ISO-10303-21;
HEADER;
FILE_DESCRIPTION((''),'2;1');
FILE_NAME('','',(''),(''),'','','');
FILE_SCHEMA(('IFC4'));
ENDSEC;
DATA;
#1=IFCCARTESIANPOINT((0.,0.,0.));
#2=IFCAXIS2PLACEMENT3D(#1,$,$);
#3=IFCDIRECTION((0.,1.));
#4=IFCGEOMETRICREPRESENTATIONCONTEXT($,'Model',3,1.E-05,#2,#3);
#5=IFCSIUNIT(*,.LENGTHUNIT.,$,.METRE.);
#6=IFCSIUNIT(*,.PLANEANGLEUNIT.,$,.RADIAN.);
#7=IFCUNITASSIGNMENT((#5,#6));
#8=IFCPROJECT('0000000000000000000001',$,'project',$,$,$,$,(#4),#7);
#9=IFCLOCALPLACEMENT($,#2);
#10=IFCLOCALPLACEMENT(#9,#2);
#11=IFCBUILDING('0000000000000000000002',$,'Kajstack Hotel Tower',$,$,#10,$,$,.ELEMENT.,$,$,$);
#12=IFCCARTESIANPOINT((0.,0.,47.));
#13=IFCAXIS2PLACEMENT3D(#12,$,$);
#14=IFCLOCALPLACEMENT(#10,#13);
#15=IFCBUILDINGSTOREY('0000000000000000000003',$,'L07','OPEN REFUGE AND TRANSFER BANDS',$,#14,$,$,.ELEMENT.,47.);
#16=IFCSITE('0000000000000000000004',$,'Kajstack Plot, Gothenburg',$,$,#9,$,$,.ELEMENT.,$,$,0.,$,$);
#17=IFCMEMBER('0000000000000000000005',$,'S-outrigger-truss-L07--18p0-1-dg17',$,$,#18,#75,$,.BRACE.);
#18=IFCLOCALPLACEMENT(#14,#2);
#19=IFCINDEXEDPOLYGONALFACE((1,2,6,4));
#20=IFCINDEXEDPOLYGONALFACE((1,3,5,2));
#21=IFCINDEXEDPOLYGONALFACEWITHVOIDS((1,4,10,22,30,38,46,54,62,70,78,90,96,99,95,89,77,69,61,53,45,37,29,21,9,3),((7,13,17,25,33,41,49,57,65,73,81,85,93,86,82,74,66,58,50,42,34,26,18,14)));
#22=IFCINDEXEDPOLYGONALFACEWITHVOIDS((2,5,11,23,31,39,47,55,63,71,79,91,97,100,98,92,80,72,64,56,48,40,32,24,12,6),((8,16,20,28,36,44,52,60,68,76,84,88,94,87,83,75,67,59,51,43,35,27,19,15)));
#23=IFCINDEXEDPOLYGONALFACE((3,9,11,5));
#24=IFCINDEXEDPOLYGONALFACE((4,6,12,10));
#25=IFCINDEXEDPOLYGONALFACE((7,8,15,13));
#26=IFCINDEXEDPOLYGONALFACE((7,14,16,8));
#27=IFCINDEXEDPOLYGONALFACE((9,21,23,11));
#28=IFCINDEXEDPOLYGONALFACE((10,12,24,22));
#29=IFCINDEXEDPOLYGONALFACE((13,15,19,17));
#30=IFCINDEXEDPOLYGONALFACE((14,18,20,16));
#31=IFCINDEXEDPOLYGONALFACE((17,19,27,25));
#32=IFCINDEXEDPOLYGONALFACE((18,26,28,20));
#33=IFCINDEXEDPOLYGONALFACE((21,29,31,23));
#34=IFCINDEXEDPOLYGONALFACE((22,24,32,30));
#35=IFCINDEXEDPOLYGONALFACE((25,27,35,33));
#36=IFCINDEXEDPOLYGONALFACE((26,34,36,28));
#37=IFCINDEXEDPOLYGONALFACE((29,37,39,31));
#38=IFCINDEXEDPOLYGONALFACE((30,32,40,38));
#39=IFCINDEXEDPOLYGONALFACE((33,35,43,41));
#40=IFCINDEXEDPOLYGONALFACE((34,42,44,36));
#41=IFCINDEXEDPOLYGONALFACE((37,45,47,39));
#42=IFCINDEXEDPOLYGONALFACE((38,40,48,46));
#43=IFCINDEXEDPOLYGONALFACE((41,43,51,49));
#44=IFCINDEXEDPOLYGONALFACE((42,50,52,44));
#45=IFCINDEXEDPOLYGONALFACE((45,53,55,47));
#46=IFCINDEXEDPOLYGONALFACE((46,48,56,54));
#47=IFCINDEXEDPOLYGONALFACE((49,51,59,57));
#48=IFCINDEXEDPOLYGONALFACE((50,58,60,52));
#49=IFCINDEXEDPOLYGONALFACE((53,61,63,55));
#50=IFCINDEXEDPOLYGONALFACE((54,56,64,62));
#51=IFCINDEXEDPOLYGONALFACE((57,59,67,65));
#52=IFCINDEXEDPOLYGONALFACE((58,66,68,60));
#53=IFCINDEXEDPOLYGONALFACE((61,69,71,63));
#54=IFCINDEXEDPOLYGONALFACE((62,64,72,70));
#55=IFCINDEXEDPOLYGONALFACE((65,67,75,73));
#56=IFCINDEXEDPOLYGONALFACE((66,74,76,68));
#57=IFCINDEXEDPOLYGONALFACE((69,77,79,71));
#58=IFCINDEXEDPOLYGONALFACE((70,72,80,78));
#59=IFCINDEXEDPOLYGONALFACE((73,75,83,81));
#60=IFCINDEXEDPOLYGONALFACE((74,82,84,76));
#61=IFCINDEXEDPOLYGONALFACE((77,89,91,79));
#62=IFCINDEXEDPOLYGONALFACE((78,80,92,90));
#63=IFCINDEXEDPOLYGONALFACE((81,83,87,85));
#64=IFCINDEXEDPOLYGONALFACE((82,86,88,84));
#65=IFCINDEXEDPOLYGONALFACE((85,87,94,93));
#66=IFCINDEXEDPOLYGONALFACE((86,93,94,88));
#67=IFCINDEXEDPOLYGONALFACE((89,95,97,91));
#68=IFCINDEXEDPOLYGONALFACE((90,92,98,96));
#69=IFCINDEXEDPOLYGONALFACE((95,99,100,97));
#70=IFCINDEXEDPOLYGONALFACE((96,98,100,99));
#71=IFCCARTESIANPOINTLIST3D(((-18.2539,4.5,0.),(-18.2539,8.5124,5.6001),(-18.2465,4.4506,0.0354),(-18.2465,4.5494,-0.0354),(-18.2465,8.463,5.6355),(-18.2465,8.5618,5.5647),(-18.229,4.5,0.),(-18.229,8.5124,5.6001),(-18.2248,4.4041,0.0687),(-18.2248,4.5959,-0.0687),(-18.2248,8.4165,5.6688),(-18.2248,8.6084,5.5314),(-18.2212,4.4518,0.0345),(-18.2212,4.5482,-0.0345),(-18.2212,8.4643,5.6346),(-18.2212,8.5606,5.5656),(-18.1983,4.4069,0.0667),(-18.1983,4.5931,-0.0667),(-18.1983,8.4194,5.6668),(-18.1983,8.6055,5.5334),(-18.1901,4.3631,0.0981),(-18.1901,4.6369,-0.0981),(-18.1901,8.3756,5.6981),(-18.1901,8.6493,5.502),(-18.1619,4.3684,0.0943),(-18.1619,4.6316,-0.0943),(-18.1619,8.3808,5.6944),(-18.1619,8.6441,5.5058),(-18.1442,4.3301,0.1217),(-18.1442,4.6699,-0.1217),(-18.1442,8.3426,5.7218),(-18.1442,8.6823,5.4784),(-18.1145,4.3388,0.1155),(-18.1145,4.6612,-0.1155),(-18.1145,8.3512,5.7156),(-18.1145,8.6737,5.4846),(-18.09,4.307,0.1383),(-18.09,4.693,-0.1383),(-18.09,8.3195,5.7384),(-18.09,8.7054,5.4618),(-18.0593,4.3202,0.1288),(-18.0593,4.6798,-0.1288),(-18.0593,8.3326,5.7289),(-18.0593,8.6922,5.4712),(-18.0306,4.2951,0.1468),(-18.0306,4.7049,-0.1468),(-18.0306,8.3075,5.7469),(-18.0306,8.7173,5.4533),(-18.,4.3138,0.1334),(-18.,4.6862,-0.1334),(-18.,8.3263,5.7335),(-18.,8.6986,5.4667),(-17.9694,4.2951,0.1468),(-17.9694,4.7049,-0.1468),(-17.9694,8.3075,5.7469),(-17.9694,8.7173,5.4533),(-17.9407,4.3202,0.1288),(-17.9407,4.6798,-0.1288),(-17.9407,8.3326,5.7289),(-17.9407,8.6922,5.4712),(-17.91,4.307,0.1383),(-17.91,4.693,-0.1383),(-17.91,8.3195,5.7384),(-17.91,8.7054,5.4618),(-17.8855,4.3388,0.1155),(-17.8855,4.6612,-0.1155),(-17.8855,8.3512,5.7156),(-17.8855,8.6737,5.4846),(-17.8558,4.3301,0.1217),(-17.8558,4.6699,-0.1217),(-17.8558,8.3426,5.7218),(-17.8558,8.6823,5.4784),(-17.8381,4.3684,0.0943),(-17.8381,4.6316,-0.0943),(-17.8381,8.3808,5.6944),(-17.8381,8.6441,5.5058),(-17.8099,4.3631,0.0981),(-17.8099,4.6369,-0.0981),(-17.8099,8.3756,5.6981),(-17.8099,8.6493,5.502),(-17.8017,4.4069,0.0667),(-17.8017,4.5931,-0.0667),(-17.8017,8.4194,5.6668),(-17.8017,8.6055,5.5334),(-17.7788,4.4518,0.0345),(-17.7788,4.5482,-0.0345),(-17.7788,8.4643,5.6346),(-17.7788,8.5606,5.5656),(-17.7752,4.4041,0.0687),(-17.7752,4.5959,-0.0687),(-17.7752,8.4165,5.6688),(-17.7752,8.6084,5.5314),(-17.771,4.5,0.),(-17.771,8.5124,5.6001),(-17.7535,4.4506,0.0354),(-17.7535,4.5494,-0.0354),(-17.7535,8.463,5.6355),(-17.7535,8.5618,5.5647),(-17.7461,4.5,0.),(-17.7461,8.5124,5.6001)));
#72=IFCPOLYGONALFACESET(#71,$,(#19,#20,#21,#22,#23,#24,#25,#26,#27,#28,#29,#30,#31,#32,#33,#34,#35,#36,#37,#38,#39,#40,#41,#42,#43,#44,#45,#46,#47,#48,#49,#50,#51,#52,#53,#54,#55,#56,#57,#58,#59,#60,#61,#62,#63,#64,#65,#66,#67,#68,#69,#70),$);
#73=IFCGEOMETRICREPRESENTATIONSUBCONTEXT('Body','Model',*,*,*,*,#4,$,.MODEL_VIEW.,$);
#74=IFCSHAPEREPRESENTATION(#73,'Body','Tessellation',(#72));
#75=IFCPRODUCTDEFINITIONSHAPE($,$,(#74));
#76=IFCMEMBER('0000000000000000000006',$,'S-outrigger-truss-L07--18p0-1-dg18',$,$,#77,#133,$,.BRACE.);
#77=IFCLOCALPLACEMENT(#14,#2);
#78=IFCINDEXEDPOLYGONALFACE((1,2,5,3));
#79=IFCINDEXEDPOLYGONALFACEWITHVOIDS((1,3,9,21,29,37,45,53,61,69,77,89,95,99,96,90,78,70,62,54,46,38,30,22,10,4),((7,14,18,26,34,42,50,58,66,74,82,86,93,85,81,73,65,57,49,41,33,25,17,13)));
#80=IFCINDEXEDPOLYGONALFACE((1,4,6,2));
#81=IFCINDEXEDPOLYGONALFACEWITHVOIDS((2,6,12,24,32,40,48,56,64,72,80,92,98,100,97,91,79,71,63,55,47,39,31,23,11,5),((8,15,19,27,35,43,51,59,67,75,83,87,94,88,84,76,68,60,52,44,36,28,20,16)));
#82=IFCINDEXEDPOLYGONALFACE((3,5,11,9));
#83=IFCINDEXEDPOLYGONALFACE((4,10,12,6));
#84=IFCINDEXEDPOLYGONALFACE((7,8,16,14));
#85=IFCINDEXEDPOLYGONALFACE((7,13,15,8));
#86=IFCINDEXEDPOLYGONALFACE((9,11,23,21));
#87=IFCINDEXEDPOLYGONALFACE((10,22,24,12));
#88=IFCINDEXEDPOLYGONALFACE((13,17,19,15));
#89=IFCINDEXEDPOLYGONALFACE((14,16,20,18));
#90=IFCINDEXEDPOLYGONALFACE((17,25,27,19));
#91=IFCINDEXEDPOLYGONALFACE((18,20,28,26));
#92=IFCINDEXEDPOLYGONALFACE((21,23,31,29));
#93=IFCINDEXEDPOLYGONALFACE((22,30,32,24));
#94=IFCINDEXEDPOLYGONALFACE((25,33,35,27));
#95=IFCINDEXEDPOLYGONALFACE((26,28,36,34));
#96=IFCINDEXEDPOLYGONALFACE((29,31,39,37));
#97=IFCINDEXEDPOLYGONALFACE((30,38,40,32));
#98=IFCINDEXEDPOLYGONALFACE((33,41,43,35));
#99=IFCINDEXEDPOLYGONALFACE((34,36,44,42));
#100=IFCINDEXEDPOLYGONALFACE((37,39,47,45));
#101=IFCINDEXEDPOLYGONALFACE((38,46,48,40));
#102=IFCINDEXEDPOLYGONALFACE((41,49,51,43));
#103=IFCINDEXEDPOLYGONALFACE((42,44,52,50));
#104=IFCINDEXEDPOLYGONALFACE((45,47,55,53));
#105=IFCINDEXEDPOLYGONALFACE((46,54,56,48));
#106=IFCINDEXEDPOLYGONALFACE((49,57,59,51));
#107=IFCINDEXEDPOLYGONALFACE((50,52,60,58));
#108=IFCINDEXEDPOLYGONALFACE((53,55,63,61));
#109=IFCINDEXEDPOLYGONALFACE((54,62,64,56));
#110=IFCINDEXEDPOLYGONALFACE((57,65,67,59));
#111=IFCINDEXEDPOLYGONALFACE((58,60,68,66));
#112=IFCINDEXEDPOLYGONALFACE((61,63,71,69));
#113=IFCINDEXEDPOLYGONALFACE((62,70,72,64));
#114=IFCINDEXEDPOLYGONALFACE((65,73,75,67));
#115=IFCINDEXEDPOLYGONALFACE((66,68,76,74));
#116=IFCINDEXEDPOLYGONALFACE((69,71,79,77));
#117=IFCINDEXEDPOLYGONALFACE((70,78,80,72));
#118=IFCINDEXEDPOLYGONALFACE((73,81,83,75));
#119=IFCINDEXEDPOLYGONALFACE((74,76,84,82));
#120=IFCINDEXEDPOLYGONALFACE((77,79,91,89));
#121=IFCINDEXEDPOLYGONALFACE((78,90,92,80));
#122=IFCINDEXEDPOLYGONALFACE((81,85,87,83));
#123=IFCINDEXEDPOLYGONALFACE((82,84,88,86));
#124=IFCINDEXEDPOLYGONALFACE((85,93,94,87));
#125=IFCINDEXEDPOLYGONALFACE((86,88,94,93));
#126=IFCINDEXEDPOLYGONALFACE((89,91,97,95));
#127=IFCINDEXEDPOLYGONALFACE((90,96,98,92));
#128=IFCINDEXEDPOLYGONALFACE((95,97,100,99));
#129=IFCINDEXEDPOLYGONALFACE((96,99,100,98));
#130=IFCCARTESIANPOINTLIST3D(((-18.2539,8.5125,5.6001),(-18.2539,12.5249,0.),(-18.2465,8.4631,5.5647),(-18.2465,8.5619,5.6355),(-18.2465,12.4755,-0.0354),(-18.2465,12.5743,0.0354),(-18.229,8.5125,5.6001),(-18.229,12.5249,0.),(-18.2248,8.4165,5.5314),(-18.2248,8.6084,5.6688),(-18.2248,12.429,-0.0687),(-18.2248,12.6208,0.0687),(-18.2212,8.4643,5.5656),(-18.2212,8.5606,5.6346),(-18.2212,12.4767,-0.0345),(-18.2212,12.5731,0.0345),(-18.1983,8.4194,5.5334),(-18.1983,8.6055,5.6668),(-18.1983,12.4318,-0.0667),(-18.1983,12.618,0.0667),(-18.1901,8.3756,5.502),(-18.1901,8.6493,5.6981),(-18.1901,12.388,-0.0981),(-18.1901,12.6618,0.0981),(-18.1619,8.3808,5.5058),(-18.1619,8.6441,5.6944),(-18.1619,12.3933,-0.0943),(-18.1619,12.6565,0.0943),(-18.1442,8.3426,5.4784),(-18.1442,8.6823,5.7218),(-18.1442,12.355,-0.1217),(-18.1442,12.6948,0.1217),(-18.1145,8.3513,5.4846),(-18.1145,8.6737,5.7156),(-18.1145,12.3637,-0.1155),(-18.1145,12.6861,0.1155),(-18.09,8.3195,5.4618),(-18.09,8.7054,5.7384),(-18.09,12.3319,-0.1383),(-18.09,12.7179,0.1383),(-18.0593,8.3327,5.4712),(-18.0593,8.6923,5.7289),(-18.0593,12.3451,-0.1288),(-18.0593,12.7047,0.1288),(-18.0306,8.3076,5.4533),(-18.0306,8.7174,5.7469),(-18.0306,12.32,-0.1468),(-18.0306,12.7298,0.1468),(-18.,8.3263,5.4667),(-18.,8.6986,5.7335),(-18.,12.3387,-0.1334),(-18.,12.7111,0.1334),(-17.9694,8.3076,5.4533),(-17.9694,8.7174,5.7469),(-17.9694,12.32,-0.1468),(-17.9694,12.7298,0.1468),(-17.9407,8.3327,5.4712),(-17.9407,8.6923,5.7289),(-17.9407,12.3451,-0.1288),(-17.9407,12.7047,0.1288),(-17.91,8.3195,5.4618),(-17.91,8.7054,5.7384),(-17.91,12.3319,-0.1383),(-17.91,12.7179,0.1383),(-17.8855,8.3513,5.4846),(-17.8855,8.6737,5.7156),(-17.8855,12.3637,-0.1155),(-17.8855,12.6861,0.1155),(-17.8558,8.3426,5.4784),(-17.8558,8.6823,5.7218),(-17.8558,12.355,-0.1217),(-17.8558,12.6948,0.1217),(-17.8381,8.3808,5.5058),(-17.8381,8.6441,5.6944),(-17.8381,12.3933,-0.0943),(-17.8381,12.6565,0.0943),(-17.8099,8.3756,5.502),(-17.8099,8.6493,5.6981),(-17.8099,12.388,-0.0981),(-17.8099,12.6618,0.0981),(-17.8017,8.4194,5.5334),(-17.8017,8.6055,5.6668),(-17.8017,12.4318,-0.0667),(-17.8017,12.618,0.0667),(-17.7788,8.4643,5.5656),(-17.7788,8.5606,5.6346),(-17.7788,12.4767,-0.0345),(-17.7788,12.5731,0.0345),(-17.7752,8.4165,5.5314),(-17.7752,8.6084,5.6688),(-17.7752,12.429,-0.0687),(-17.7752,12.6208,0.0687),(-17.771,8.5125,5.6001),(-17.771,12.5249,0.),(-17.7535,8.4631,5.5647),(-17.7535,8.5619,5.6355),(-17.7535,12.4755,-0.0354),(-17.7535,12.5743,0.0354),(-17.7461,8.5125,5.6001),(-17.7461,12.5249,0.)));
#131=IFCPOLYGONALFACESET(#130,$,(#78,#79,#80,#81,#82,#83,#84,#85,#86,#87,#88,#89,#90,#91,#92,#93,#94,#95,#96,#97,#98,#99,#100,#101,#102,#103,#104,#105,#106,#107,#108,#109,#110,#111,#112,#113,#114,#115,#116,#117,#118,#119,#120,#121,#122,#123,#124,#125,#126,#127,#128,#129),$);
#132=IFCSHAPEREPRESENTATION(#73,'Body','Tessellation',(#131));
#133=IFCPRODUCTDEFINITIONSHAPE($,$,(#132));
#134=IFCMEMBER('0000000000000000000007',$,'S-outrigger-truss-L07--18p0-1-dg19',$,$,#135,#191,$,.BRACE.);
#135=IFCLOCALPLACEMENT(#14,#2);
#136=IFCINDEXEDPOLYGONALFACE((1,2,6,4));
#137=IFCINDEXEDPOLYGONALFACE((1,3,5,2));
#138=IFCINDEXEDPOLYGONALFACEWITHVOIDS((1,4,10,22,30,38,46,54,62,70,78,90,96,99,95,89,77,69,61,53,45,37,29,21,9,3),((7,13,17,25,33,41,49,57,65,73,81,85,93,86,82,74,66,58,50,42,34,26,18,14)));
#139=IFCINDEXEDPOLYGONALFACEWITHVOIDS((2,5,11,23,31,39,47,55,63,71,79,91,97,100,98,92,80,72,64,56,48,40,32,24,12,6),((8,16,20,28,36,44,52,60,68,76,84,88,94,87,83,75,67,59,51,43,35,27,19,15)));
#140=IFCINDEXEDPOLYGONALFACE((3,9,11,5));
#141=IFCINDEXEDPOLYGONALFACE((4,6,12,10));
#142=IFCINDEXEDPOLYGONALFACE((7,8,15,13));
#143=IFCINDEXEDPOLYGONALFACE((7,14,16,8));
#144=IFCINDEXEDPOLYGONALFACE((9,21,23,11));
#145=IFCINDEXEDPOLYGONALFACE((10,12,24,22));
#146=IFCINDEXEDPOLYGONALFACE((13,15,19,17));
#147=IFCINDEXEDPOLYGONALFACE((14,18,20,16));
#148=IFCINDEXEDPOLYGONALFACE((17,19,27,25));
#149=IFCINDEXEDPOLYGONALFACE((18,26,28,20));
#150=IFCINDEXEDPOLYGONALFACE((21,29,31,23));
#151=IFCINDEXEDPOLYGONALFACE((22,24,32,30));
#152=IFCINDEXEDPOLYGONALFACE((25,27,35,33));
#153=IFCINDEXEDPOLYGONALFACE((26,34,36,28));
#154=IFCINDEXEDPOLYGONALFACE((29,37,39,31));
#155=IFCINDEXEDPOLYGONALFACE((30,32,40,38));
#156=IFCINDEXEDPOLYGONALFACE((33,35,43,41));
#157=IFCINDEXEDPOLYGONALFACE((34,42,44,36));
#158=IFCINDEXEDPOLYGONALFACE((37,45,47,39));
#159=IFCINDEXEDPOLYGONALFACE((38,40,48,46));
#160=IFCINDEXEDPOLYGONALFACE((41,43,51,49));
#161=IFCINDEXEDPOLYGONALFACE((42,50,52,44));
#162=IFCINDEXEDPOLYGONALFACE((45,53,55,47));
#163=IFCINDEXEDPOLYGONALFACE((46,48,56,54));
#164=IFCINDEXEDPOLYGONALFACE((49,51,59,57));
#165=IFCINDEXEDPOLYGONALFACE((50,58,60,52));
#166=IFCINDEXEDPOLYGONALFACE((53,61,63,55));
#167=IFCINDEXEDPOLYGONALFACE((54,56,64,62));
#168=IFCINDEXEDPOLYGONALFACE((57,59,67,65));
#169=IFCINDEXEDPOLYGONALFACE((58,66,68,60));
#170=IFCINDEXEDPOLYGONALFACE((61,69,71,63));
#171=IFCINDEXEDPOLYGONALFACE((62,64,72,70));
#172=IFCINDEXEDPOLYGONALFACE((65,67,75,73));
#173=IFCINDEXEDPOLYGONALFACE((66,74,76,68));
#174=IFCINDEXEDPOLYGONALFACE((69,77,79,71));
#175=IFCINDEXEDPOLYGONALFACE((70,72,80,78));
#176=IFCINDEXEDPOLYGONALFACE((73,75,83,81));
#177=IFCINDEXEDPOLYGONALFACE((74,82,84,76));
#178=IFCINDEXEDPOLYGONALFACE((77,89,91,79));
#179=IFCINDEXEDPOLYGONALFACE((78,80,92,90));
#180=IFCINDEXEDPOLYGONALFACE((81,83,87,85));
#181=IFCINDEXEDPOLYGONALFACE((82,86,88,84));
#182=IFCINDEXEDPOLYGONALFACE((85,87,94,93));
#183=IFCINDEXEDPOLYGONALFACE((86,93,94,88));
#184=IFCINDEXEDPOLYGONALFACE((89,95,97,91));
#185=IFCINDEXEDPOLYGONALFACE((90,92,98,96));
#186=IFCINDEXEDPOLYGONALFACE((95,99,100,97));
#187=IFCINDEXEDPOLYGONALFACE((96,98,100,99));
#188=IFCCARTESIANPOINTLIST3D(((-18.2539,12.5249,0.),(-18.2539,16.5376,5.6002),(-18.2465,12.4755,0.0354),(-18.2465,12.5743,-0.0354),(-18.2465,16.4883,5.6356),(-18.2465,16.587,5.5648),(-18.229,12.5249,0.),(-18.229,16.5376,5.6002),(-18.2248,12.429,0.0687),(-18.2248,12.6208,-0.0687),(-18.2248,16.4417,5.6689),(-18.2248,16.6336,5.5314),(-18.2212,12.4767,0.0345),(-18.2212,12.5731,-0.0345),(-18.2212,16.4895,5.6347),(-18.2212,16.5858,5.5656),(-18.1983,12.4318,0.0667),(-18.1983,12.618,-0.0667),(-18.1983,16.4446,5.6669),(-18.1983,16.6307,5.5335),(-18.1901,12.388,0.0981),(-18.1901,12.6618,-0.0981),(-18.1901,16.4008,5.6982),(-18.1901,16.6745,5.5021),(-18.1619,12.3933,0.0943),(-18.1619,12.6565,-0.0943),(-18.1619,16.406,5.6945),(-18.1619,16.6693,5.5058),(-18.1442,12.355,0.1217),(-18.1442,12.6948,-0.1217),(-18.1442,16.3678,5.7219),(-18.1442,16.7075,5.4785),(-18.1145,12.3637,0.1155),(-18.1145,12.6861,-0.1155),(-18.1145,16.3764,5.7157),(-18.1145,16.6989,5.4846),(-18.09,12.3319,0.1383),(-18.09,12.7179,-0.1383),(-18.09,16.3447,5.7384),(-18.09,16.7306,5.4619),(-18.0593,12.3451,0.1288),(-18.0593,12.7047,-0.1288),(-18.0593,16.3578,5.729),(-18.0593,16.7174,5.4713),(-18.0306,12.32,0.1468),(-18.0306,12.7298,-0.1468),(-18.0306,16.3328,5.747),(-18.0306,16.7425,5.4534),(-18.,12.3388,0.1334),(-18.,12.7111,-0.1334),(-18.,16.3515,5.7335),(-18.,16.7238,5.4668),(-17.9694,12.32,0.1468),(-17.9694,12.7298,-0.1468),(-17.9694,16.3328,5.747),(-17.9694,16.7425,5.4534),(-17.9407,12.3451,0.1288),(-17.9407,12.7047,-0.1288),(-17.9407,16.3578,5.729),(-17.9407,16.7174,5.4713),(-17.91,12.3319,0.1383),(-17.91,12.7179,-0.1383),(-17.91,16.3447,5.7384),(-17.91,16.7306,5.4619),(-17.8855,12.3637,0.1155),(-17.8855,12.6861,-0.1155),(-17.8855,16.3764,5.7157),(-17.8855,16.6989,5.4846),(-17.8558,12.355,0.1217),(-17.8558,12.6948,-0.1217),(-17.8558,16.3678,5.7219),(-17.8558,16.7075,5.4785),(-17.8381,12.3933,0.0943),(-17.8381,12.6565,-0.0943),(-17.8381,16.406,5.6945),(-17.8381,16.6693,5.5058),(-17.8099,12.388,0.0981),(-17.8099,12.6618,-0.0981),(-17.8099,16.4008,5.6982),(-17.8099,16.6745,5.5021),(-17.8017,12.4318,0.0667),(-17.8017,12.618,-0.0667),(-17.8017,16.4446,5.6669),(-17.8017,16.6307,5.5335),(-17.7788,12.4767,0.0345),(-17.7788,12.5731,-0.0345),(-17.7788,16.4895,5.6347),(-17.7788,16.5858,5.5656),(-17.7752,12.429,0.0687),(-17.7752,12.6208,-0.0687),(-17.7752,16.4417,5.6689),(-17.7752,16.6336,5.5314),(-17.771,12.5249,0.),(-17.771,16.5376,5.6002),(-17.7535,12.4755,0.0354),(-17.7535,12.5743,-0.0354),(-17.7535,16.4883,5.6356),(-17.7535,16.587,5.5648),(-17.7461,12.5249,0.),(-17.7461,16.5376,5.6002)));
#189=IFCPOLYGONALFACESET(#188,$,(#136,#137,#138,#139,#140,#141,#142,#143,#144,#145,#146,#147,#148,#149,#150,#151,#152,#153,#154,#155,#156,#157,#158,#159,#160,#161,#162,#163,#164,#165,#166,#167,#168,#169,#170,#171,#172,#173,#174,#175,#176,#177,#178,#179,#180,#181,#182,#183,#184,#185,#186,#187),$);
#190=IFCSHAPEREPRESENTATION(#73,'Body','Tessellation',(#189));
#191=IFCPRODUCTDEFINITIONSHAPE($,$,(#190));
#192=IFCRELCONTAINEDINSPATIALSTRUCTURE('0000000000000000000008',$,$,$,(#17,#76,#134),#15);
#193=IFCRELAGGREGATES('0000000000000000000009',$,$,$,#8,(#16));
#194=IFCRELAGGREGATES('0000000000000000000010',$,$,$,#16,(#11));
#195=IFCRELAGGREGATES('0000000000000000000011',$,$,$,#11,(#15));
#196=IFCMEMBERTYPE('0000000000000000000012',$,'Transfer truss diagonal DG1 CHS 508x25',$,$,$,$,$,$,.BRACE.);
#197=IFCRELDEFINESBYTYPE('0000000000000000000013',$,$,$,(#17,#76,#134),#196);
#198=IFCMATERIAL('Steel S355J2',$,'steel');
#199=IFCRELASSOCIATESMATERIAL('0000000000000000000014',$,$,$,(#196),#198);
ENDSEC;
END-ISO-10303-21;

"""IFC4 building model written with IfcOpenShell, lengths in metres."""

from ifc_helpers import new_model, si_unit, direction, frame, origin, origin_2d, place, context, subcontext, project, spatial, hollow_circle, extrude, material, material_profile, profile_set, type_object, element, save


model = new_model("IFC4")

# Units and contexts
model_context = context("Model", 3, precision=1e-05, world=origin(), true_north=direction((0.0, 1.0)))
body_context = subcontext(model_context, "Body", "Model", "MODEL_VIEW")
ifc_project = project(units=[si_unit("LENGTHUNIT", "METRE"), si_unit("PLANEANGLEUNIT", "RADIAN")], contexts=[model_context])

# Site, building, storey
site_placement = place(None, origin())
site = spatial("IfcSite", under=ifc_project, at=site_placement, Name="Kajstack Plot, Gothenburg", CompositionType="ELEMENT", RefElevation=0.0)
building_placement = place(site_placement, origin())
building = spatial("IfcBuilding", under=site, at=building_placement, Name="Kajstack Hotel Tower", CompositionType="ELEMENT")
storey_placement = place(building_placement, frame((0.0, 0.0, 47.0)))
storey = spatial("IfcBuildingStorey", under=building, at=storey_placement, Name="L07", Description="OPEN REFUGE AND TRANSFER BANDS", CompositionType="ELEMENT", Elevation=47.0)

# Members
ifc_material_1 = material(Name="Steel S355J2", Category="steel")
ifc_material_profile_1 = material_profile(ifc_material_1, hollow_circle(Radius=0.2539, WallThickness=0.0249, at=origin_2d()), Name="CHS 508x25")
ifc_profile_set_1 = profile_set([ifc_material_profile_1], Name="Steel S355J2")
member_type_1 = type_object("IfcMemberType", Name="Transfer truss diagonal DG1 CHS 508x25", PredefinedType="BRACE", material=ifc_profile_set_1)
for number, where, z_axis, x_axis, name in (
    (1, (-18.0, 4.5, 0.0), (0.0, 0.582428, 0.812883), (-1.0, 0.0, 0.0), "S-outrigger-truss-L07--18p0-1-dg17"),
    (2, (-18.0, 12.5249, 0.0), (0.0, -0.582428, 0.812883), (1.0, 0.0, 0.0), "S-outrigger-truss-L07--18p0-1-dg18"),
):
    element("IfcMember", number, at=place(storey_placement, frame(where, z_axis=z_axis, x_axis=x_axis)), inside=storey, type_object=member_type_1, Name=name, PredefinedType="BRACE", context=body_context, shape_type="SweptSolid", body=[
        extrude(hollow_circle(Radius=0.2539, WallThickness=0.0249, at=origin_2d()), origin(), (0.0, 0.0, 1.0), 6.8892),
    ])
member_1_placement = place(storey_placement, frame((-18.0, 12.5249, 0.0), z_axis=(0.0, 0.582451, 0.812866), x_axis=(-1.0, 0.0, 0.0)))
element("IfcMember", 3, at=member_1_placement, inside=storey, type_object=member_type_1, Name="S-outrigger-truss-L07--18p0-1-dg19", PredefinedType="BRACE", context=body_context, shape_type="SweptSolid", body=[
    extrude(hollow_circle(Radius=0.2539, WallThickness=0.0249, at=origin_2d()), origin(), (0.0, 0.0, 1.0), 6.8894),
])

save(model, "model.ifc")
